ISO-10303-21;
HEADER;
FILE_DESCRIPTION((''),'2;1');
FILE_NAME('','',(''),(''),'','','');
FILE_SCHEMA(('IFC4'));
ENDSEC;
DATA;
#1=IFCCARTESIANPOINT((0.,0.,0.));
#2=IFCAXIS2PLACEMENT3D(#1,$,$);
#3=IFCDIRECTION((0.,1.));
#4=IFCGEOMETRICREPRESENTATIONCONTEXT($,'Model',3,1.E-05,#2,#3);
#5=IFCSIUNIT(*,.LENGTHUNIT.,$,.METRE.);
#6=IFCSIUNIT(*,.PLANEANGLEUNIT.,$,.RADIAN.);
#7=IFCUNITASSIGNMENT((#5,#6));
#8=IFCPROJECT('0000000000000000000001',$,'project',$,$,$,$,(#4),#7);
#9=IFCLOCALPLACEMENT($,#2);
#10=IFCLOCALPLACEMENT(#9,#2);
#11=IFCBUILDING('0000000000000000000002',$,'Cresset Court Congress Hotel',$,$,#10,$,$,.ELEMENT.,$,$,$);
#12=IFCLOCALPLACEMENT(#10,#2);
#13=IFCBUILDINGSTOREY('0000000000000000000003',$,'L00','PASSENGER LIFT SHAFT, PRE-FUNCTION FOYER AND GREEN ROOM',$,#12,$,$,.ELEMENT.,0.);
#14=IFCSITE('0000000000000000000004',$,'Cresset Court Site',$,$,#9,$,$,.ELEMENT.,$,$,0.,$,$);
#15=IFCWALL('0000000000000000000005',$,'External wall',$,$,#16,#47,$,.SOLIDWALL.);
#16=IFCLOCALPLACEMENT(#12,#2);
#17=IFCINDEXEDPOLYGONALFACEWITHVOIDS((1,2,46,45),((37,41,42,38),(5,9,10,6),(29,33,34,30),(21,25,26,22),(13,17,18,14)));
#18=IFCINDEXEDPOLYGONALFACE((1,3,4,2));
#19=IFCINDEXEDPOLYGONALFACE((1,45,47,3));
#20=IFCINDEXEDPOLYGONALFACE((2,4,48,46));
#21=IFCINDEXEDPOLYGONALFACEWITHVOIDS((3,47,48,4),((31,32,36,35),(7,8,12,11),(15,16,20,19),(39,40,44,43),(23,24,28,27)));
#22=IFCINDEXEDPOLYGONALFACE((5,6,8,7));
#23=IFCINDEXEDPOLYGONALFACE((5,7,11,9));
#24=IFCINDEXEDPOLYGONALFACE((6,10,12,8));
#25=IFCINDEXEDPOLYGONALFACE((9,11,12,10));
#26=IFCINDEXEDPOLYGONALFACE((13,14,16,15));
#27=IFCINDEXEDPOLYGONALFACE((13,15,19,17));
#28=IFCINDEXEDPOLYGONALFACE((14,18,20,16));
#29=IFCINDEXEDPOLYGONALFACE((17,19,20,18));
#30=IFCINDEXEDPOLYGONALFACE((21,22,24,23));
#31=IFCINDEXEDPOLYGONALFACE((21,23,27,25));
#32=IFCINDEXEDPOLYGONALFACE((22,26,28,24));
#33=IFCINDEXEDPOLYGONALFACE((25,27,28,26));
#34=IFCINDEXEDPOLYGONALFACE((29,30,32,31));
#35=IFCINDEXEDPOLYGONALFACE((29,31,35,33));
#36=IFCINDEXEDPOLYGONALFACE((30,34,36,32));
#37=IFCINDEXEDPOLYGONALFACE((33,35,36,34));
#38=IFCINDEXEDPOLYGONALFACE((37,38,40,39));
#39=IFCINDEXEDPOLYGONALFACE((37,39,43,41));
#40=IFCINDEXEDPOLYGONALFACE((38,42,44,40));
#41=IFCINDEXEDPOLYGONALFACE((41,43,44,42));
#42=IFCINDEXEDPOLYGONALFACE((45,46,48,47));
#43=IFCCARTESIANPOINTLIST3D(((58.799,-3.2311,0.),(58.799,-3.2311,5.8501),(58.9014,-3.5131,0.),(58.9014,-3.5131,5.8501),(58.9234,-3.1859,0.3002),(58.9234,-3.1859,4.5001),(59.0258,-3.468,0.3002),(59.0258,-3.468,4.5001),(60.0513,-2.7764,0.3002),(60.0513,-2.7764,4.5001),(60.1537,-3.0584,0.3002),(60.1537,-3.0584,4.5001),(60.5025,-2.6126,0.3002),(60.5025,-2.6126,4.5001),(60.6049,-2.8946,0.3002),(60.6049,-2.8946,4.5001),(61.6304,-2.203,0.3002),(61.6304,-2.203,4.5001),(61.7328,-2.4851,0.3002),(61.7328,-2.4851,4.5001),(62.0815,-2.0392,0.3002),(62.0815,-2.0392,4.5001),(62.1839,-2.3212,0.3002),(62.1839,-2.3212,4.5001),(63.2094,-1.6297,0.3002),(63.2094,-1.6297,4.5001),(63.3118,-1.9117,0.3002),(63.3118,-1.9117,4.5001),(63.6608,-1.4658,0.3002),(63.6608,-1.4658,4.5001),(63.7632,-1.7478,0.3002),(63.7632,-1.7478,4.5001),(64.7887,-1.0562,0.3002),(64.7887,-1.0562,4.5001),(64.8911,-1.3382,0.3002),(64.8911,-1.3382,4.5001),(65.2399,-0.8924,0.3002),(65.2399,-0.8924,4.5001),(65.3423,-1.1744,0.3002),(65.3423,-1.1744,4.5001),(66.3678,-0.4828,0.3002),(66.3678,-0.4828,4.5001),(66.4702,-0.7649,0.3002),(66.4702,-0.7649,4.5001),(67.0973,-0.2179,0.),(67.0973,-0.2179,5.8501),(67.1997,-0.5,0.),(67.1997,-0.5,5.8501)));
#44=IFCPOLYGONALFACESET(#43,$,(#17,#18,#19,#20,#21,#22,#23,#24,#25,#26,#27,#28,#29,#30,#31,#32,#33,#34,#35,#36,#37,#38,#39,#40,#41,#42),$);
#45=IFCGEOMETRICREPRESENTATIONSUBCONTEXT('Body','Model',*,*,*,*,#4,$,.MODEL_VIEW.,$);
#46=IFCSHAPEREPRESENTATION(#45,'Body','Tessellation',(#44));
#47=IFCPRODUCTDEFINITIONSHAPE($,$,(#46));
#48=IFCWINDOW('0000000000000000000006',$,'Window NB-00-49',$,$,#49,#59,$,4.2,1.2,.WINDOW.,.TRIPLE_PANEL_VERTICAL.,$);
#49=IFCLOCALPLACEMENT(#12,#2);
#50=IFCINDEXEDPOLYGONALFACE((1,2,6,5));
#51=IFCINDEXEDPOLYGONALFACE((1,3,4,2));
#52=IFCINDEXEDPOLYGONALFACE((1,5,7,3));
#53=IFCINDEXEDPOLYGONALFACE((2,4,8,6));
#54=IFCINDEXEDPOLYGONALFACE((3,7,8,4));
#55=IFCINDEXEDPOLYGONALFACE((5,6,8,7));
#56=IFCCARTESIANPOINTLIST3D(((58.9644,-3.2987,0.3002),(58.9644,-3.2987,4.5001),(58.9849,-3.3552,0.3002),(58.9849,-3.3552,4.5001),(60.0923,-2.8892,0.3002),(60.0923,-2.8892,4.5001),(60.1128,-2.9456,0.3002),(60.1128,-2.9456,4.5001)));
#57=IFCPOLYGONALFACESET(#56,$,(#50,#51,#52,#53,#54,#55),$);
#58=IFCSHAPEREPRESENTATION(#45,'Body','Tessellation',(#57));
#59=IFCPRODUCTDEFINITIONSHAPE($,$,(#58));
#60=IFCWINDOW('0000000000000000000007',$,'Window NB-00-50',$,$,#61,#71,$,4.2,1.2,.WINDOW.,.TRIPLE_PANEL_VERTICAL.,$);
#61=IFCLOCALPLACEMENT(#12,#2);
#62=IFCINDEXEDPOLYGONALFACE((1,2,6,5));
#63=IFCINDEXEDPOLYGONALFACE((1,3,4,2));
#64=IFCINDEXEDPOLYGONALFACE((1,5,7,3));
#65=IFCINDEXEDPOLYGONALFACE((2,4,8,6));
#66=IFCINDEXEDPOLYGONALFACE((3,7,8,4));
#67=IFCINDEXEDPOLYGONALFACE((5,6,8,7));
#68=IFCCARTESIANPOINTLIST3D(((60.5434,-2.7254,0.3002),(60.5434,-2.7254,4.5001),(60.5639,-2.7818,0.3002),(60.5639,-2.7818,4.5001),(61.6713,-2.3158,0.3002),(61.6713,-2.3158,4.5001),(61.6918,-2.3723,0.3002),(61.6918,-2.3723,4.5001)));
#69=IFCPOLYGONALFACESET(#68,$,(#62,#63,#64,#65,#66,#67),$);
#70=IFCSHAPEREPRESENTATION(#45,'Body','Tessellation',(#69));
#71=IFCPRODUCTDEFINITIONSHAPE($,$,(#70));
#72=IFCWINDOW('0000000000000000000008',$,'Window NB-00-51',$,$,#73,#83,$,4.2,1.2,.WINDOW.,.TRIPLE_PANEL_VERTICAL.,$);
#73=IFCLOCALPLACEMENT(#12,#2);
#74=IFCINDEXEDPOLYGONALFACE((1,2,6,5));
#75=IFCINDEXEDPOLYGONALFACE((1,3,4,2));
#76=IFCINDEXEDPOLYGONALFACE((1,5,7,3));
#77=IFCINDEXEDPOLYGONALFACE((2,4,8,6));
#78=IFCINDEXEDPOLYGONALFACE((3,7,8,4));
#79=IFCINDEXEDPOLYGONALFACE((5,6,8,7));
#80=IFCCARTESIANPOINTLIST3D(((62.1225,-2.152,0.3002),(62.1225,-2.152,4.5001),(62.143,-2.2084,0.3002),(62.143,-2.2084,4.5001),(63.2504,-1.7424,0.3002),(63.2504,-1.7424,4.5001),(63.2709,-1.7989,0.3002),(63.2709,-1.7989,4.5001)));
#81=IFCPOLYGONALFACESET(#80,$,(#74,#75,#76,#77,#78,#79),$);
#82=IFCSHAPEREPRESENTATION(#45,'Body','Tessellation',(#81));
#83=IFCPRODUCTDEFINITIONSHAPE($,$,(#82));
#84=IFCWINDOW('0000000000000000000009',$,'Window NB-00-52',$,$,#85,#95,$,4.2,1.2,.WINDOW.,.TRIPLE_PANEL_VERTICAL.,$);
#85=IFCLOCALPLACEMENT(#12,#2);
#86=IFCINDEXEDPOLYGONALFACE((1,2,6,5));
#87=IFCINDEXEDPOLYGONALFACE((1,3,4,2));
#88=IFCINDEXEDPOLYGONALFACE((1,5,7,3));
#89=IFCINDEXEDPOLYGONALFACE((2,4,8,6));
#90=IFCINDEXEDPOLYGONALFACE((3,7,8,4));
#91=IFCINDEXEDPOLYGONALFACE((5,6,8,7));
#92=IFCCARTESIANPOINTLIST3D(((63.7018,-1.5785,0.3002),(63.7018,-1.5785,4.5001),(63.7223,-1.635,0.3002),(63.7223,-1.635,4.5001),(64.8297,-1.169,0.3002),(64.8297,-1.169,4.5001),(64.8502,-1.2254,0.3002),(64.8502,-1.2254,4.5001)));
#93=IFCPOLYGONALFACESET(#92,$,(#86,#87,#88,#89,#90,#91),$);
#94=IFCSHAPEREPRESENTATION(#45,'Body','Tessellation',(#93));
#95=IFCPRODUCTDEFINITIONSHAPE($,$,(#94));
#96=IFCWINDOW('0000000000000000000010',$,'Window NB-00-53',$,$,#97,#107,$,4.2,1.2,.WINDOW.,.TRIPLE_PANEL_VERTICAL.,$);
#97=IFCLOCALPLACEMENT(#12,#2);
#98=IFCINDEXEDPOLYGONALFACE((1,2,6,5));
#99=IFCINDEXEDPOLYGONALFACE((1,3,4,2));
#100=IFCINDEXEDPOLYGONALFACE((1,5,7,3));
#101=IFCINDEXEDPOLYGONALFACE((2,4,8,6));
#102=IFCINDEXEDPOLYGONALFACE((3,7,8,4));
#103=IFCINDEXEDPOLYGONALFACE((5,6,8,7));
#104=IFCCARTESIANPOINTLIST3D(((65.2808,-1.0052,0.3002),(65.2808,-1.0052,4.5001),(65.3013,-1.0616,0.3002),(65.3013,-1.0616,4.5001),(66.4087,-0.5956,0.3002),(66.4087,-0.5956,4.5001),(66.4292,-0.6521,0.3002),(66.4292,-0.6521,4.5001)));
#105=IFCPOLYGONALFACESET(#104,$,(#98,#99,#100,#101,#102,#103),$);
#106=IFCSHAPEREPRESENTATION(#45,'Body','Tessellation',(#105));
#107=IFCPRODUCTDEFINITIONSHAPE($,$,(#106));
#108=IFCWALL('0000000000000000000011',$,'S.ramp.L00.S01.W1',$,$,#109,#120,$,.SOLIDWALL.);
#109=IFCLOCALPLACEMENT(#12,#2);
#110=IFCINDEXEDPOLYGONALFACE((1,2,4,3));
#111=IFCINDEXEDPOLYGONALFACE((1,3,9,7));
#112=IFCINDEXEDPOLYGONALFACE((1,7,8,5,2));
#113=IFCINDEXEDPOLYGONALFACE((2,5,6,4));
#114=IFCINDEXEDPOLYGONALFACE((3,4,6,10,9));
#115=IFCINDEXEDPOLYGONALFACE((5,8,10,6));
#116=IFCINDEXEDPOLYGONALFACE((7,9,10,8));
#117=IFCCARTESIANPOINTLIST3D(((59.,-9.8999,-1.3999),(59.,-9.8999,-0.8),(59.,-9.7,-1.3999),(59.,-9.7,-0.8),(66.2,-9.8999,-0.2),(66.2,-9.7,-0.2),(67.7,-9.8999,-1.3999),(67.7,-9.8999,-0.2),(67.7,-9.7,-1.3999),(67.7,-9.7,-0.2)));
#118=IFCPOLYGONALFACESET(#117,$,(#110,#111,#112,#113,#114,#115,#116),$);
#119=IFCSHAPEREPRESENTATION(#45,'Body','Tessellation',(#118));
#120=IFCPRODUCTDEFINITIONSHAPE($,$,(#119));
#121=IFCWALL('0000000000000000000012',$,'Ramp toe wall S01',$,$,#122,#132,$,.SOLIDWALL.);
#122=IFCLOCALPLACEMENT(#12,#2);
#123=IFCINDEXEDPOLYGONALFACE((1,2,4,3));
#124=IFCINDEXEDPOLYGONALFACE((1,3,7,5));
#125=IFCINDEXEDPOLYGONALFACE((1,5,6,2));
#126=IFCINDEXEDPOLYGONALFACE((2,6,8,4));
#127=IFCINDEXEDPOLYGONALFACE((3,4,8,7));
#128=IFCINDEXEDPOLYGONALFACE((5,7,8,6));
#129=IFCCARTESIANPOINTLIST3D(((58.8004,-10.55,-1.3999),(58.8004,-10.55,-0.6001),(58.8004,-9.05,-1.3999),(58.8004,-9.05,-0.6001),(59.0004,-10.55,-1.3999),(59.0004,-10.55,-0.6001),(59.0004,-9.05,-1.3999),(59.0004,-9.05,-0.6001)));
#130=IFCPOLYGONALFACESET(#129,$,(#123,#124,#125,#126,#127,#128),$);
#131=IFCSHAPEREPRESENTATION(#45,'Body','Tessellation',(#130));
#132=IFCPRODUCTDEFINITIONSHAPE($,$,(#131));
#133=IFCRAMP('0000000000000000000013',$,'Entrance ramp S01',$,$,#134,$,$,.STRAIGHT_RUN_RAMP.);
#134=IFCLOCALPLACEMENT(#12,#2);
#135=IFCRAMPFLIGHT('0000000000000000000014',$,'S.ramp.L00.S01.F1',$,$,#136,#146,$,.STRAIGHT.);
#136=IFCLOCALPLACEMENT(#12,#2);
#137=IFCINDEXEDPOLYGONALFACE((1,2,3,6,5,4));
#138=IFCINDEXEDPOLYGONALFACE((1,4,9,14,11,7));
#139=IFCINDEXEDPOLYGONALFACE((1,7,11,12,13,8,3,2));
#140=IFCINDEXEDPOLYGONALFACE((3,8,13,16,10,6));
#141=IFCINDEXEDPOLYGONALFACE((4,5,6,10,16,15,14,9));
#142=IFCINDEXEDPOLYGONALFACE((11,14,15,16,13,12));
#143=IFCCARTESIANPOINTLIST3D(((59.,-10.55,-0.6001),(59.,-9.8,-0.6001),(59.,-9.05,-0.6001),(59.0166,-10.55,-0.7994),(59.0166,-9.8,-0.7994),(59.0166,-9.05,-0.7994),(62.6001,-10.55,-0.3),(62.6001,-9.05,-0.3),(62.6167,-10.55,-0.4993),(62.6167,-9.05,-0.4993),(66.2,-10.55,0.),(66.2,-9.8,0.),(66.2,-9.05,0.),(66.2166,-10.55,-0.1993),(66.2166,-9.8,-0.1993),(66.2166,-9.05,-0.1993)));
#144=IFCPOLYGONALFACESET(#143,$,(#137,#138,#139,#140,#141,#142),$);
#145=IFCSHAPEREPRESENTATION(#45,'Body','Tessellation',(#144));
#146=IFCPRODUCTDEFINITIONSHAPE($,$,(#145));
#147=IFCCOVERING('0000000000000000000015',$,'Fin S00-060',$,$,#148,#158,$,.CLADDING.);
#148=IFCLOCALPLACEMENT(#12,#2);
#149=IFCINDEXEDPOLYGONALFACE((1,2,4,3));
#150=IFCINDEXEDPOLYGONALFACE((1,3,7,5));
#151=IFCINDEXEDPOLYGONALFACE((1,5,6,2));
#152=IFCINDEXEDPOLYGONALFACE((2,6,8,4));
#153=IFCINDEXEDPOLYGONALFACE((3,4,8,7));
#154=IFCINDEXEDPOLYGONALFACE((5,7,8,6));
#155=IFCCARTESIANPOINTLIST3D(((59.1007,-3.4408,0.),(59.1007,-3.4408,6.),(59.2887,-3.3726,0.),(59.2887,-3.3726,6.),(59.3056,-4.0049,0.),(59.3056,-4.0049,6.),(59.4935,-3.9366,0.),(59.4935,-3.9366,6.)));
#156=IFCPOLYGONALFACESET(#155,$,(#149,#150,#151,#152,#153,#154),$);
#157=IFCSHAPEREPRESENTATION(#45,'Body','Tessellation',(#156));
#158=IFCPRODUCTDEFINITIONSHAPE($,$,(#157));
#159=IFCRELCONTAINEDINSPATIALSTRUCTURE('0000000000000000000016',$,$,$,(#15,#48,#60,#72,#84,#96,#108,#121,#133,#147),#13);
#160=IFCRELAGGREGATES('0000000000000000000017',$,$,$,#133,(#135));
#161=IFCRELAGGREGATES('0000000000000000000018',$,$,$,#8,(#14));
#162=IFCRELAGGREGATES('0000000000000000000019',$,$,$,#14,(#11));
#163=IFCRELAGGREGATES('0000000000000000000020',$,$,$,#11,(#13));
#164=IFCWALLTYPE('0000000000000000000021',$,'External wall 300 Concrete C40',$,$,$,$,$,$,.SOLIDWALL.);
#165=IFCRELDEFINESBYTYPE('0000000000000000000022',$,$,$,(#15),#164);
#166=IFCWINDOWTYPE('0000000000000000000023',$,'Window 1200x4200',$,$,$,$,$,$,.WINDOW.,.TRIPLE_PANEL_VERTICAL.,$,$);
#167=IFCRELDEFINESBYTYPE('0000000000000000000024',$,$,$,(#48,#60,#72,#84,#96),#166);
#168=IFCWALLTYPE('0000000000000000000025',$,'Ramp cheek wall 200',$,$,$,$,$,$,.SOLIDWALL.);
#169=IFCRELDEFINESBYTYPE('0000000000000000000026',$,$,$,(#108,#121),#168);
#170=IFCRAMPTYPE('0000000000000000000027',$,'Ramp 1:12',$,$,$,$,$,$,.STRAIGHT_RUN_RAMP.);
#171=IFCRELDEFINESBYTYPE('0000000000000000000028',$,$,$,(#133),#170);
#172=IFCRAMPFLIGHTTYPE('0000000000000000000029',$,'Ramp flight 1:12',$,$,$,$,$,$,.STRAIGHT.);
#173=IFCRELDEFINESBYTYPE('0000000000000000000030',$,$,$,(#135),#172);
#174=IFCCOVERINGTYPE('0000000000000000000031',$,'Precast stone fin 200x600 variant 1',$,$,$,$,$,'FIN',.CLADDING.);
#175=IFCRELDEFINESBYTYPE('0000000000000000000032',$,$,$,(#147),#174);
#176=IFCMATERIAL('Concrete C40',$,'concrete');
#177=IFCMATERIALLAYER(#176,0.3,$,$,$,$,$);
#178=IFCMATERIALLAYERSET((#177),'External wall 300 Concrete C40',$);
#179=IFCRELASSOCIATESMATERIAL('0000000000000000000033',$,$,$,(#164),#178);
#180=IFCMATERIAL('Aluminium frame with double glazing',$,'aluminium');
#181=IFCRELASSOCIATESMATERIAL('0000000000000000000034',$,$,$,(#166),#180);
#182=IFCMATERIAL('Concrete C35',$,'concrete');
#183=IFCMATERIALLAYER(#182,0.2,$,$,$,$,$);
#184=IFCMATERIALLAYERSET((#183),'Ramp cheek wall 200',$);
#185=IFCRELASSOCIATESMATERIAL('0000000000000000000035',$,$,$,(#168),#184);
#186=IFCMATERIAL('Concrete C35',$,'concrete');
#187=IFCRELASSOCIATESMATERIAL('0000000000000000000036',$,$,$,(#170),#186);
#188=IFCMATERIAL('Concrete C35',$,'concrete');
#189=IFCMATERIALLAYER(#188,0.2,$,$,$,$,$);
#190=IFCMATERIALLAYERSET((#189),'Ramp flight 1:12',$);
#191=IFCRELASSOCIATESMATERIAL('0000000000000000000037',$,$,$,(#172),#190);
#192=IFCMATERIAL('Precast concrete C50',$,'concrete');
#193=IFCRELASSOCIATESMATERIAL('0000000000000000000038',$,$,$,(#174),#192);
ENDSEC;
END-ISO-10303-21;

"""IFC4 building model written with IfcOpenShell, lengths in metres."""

from ifc_helpers import new_model, si_unit, direction, frame, frame_2d, origin, origin_2d, place, context, subcontext, project, spatial, polyline, rectangle, outline, extrude, material, layer, layer_set, type_object, element, fill, aggregate, save


model = new_model("IFC4")

# Units and contexts
model_context = context("Model", 3, precision=1e-05, world=origin(), true_north=direction((0.0, 1.0)))
body_context = subcontext(model_context, "Body", "Model", "MODEL_VIEW")
ifc_project = project(units=[si_unit("LENGTHUNIT", "METRE"), si_unit("PLANEANGLEUNIT", "RADIAN")], contexts=[model_context])

# Site, building, storey
site_placement = place(None, origin())
site = spatial("IfcSite", under=ifc_project, at=site_placement, Name="Cresset Court Site", CompositionType="ELEMENT", RefElevation=0.0)
building_placement = place(site_placement, origin())
building = spatial("IfcBuilding", under=site, at=building_placement, Name="Cresset Court Congress Hotel", CompositionType="ELEMENT")
storey_placement = place(building_placement, origin())
storey = spatial("IfcBuildingStorey", under=building, at=storey_placement, Name="L00", Description="PASSENGER LIFT SHAFT, PRE-FUNCTION FOYER AND GREEN ROOM", CompositionType="ELEMENT", Elevation=0.0)

# Wall, openings, windows
ifc_material_1 = material(Name="Concrete C40", Category="concrete")
ifc_layer_1 = layer(ifc_material_1, 0.3)
ifc_layer_set_1 = layer_set([ifc_layer_1], Name="External wall 300 Concrete C40")
wall_type_1 = type_object("IfcWallType", Name="External wall 300 Concrete C40", PredefinedType="SOLIDWALL", material=ifc_layer_set_1)
wall_1_placement = place(storey_placement, frame((58.8503, -3.3721, 0.0), z_axis=(0.0, 0.0, 1.0), x_axis=(0.939953, 0.341303, 0.0)))
wall_1 = element("IfcWall", 1, at=wall_1_placement, inside=storey, type_object=wall_type_1, Name="External wall", PredefinedType="SOLIDWALL", context=body_context, shape_type="SweptSolid", body=[
    extrude(rectangle(XDim=8.8284, YDim=0.3, at=frame_2d((4.4141, 0.0))), origin(), (0.0, 0.0, 1.0), 5.8501),
])
opening_1_placement = place(wall_1_placement, frame((0.1321, 0.0, 0.3)))
opening_1 = element("IfcOpeningElement", 2, at=opening_1_placement, cuts=wall_1, PredefinedType="OPENING", context=body_context, shape_type="SweptSolid", body=[
    extrude(rectangle(XDim=1.2, YDim=4.2, at=frame_2d((0.6001, 2.1001))), frame((0.0, 0.1599, 0.0), z_axis=(0.0, -1.0, 0.0), x_axis=(1.0, 0.0, 0.0)), (0.0, 0.0, 1.0), 0.3201),
])
opening_2_placement = place(wall_1_placement, frame((1.812, 0.0, 0.3)))
opening_2 = element("IfcOpeningElement", 3, at=opening_2_placement, cuts=wall_1, PredefinedType="OPENING", context=body_context, shape_type="SweptSolid", body=[
    extrude(rectangle(XDim=1.2, YDim=4.2, at=frame_2d((0.6001, 2.1001))), frame((0.0, 0.1599, 0.0), z_axis=(0.0, -1.0, 0.0), x_axis=(1.0, 0.0, 0.0)), (0.0, 0.0, 1.0), 0.3201),
])
opening_3_placement = place(wall_1_placement, frame((3.4919, 0.0, 0.3)))
opening_3 = element("IfcOpeningElement", 4, at=opening_3_placement, cuts=wall_1, PredefinedType="OPENING", context=body_context, shape_type="SweptSolid", body=[
    extrude(rectangle(XDim=1.2, YDim=4.2, at=frame_2d((0.6001, 2.1001))), frame((0.0, 0.1599, 0.0), z_axis=(0.0, -1.0, 0.0), x_axis=(1.0, 0.0, 0.0)), (0.0, 0.0, 1.0), 0.3201),
])
opening_4_placement = place(wall_1_placement, frame((5.1721, 0.0, 0.3)))
opening_4 = element("IfcOpeningElement", 5, at=opening_4_placement, cuts=wall_1, PredefinedType="OPENING", context=body_context, shape_type="SweptSolid", body=[
    extrude(rectangle(XDim=1.2, YDim=4.2, at=frame_2d((0.6001, 2.1001))), frame((0.0, 0.1599, 0.0), z_axis=(0.0, -1.0, 0.0), x_axis=(1.0, 0.0, 0.0)), (0.0, 0.0, 1.0), 0.3201),
])
opening_5_placement = place(wall_1_placement, frame((6.8521, 0.0, 0.3)))
opening_5 = element("IfcOpeningElement", 6, at=opening_5_placement, cuts=wall_1, PredefinedType="OPENING", context=body_context, shape_type="SweptSolid", body=[
    extrude(rectangle(XDim=1.2, YDim=4.2, at=frame_2d((0.6001, 2.1001))), frame((0.0, 0.1599, 0.0), z_axis=(0.0, -1.0, 0.0), x_axis=(1.0, 0.0, 0.0)), (0.0, 0.0, 1.0), 0.3201),
])
ifc_material_2 = material(Name="Aluminium frame with double glazing", Category="aluminium")
window_type = type_object("IfcWindowType", Name="Window 1200x4200", PartitioningType="TRIPLE_PANEL_VERTICAL", PredefinedType="WINDOW", material=ifc_material_2)
window_1_placement = place(opening_1_placement, origin())
window_1 = element("IfcWindow", 7, at=window_1_placement, inside=storey, type_object=window_type, Name="Window NB-00-49", OverallHeight=4.2, OverallWidth=1.2, PartitioningType="TRIPLE_PANEL_VERTICAL", PredefinedType="WINDOW", context=body_context, shape_type="SweptSolid", body=[
    extrude(rectangle(XDim=1.2, YDim=4.2, at=frame_2d((0.6001, 2.1001))), frame((0.0, 0.03, 0.0), z_axis=(0.0, -1.0, 0.0), x_axis=(1.0, 0.0, 0.0)), (0.0, 0.0, 1.0), 0.0601),
])
fill(opening_1, window_1)
window_2_placement = place(opening_2_placement, origin())
window_2 = element("IfcWindow", 8, at=window_2_placement, inside=storey, type_object=window_type, Name="Window NB-00-50", OverallHeight=4.2, OverallWidth=1.2, PartitioningType="TRIPLE_PANEL_VERTICAL", PredefinedType="WINDOW", context=body_context, shape_type="SweptSolid", body=[
    extrude(rectangle(XDim=1.2, YDim=4.2, at=frame_2d((0.6001, 2.1001))), frame((0.0, 0.03, 0.0), z_axis=(0.0, -1.0, 0.0), x_axis=(1.0, 0.0, 0.0)), (0.0, 0.0, 1.0), 0.0601),
])
fill(opening_2, window_2)
window_3_placement = place(opening_3_placement, origin())
window_3 = element("IfcWindow", 9, at=window_3_placement, inside=storey, type_object=window_type, Name="Window NB-00-51", OverallHeight=4.2, OverallWidth=1.2, PartitioningType="TRIPLE_PANEL_VERTICAL", PredefinedType="WINDOW", context=body_context, shape_type="SweptSolid", body=[
    extrude(rectangle(XDim=1.2, YDim=4.2, at=frame_2d((0.6001, 2.1001))), frame((0.0, 0.03, 0.0), z_axis=(0.0, -1.0, 0.0), x_axis=(1.0, 0.0, 0.0)), (0.0, 0.0, 1.0), 0.0601),
])
fill(opening_3, window_3)
window_4_placement = place(opening_4_placement, origin())
window_4 = element("IfcWindow", 10, at=window_4_placement, inside=storey, type_object=window_type, Name="Window NB-00-52", OverallHeight=4.2, OverallWidth=1.2, PartitioningType="TRIPLE_PANEL_VERTICAL", PredefinedType="WINDOW", context=body_context, shape_type="SweptSolid", body=[
    extrude(rectangle(XDim=1.2, YDim=4.2, at=frame_2d((0.6001, 2.1001))), frame((0.0, 0.03, 0.0), z_axis=(0.0, -1.0, 0.0), x_axis=(1.0, 0.0, 0.0)), (0.0, 0.0, 1.0), 0.0601),
])
fill(opening_4, window_4)
window_5_placement = place(opening_5_placement, origin())
window_5 = element("IfcWindow", 11, at=window_5_placement, inside=storey, type_object=window_type, Name="Window NB-00-53", OverallHeight=4.2, OverallWidth=1.2, PartitioningType="TRIPLE_PANEL_VERTICAL", PredefinedType="WINDOW", context=body_context, shape_type="SweptSolid", body=[
    extrude(rectangle(XDim=1.2, YDim=4.2, at=frame_2d((0.6001, 2.1001))), frame((0.0, 0.03, 0.0), z_axis=(0.0, -1.0, 0.0), x_axis=(1.0, 0.0, 0.0)), (0.0, 0.0, 1.0), 0.0601),
])
fill(opening_5, window_5)

# Walls
ifc_material_3 = material(Name="Concrete C35", Category="concrete")
ifc_layer_2 = layer(ifc_material_3, 0.2)
ifc_layer_set_2 = layer_set([ifc_layer_2], Name="Ramp cheek wall 200")
wall_type_2 = type_object("IfcWallType", Name="Ramp cheek wall 200", PredefinedType="SOLIDWALL", material=ifc_layer_set_2)
wall_2_placement = place(storey_placement, frame((59.0, -9.8, -1.3999), z_axis=(0.0, 0.0, 1.0), x_axis=(1.0, 0.0, 0.0)))
element("IfcWall", 12, at=wall_2_placement, inside=storey, type_object=wall_type_2, Name="S.ramp.L00.S01.W1", PredefinedType="SOLIDWALL", context=body_context, shape_type="SweptSolid", body=[
    extrude(outline(polyline([(0.0, 0.0), (8.7, 0.0), (8.7, 1.2), (7.2, 1.2), (0.0, 0.5999), (0.0, 0.0)])), frame((0.0, 0.1001, 0.0), z_axis=(0.0, -1.0, 0.0), x_axis=(1.0, 0.0, 0.0)), (0.0, 0.0, 1.0), 0.2),
])
wall_3_placement = place(storey_placement, frame((58.9004, -9.05, -1.3999), z_axis=(0.0, 0.0, 1.0), x_axis=(0.0, -1.0, 0.0)))
element("IfcWall", 13, at=wall_3_placement, inside=storey, type_object=wall_type_2, Name="Ramp toe wall S01", PredefinedType="SOLIDWALL", context=body_context, shape_type="SweptSolid", body=[
    extrude(rectangle(XDim=1.5, YDim=0.2, at=frame_2d((0.75, 0.0))), origin(), (0.0, 0.0, 1.0), 0.7998),
])

# Ramp, ramp flight
ifc_material_4 = material(Name="Concrete C35", Category="concrete")
ramp_type = type_object("IfcRampType", Name="Ramp 1:12", PredefinedType="STRAIGHT_RUN_RAMP", material=ifc_material_4)
ramp_placement = place(storey_placement, origin())
ramp = element("IfcRamp", 14, at=ramp_placement, inside=storey, type_object=ramp_type, Name="Entrance ramp S01", PredefinedType="STRAIGHT_RUN_RAMP")
ifc_material_5 = material(Name="Concrete C35", Category="concrete")
ifc_layer_3 = layer(ifc_material_5, 0.2)
ifc_layer_set_3 = layer_set([ifc_layer_3], Name="Ramp flight 1:12")
ramp_flight_type = type_object("IfcRampFlightType", Name="Ramp flight 1:12", PredefinedType="STRAIGHT", material=ifc_layer_set_3)
ramp_flight_placement = place(storey_placement, frame((59.0, -9.05, -0.6001), z_axis=(-0.083059, 0.0, 0.996545), x_axis=(0.0, -1.0, 0.0)))
ramp_flight = element("IfcRampFlight", 15, at=ramp_flight_placement, type_object=ramp_flight_type, Name="S.ramp.L00.S01.F1", PredefinedType="STRAIGHT", context=body_context, shape_type="SweptSolid", body=[
    extrude(outline(polyline([(0.0, 0.0), (0.75, 0.0), (1.5, 0.0), (1.5, 3.6126), (1.5, 7.2249), (0.75, 7.2249), (0.0, 7.2249), (0.0, 3.6126), (0.0, 0.0)])), origin(), (0.0, 0.0, -1.0), 0.2),
])
aggregate(ramp, [ramp_flight])

# Covering
ifc_material_6 = material(Name="Precast concrete C50", Category="concrete")
covering_type = type_object("IfcCoveringType", Name="Precast stone fin 200x600 variant 1", ElementType="FIN", PredefinedType="CLADDING", material=ifc_material_6)
for number, where, z_axis, x_axis, name in (
    (16, (59.2971, -3.6887, 0.0), (0.0, 0.0, 1.0), (0.939957, 0.341293, 0.0), "Fin S00-060"),
):
    element("IfcCovering", number, at=place(storey_placement, frame(where, z_axis=z_axis, x_axis=x_axis)), inside=storey, type_object=covering_type, Name=name, PredefinedType="CLADDING", context=body_context, shape_type="SweptSolid", body=[
        extrude(rectangle(XDim=0.2, YDim=0.6001, at=origin_2d()), origin(), (0.0, 0.0, 1.0), 6.0),
    ])

save(model, "model.ifc")
